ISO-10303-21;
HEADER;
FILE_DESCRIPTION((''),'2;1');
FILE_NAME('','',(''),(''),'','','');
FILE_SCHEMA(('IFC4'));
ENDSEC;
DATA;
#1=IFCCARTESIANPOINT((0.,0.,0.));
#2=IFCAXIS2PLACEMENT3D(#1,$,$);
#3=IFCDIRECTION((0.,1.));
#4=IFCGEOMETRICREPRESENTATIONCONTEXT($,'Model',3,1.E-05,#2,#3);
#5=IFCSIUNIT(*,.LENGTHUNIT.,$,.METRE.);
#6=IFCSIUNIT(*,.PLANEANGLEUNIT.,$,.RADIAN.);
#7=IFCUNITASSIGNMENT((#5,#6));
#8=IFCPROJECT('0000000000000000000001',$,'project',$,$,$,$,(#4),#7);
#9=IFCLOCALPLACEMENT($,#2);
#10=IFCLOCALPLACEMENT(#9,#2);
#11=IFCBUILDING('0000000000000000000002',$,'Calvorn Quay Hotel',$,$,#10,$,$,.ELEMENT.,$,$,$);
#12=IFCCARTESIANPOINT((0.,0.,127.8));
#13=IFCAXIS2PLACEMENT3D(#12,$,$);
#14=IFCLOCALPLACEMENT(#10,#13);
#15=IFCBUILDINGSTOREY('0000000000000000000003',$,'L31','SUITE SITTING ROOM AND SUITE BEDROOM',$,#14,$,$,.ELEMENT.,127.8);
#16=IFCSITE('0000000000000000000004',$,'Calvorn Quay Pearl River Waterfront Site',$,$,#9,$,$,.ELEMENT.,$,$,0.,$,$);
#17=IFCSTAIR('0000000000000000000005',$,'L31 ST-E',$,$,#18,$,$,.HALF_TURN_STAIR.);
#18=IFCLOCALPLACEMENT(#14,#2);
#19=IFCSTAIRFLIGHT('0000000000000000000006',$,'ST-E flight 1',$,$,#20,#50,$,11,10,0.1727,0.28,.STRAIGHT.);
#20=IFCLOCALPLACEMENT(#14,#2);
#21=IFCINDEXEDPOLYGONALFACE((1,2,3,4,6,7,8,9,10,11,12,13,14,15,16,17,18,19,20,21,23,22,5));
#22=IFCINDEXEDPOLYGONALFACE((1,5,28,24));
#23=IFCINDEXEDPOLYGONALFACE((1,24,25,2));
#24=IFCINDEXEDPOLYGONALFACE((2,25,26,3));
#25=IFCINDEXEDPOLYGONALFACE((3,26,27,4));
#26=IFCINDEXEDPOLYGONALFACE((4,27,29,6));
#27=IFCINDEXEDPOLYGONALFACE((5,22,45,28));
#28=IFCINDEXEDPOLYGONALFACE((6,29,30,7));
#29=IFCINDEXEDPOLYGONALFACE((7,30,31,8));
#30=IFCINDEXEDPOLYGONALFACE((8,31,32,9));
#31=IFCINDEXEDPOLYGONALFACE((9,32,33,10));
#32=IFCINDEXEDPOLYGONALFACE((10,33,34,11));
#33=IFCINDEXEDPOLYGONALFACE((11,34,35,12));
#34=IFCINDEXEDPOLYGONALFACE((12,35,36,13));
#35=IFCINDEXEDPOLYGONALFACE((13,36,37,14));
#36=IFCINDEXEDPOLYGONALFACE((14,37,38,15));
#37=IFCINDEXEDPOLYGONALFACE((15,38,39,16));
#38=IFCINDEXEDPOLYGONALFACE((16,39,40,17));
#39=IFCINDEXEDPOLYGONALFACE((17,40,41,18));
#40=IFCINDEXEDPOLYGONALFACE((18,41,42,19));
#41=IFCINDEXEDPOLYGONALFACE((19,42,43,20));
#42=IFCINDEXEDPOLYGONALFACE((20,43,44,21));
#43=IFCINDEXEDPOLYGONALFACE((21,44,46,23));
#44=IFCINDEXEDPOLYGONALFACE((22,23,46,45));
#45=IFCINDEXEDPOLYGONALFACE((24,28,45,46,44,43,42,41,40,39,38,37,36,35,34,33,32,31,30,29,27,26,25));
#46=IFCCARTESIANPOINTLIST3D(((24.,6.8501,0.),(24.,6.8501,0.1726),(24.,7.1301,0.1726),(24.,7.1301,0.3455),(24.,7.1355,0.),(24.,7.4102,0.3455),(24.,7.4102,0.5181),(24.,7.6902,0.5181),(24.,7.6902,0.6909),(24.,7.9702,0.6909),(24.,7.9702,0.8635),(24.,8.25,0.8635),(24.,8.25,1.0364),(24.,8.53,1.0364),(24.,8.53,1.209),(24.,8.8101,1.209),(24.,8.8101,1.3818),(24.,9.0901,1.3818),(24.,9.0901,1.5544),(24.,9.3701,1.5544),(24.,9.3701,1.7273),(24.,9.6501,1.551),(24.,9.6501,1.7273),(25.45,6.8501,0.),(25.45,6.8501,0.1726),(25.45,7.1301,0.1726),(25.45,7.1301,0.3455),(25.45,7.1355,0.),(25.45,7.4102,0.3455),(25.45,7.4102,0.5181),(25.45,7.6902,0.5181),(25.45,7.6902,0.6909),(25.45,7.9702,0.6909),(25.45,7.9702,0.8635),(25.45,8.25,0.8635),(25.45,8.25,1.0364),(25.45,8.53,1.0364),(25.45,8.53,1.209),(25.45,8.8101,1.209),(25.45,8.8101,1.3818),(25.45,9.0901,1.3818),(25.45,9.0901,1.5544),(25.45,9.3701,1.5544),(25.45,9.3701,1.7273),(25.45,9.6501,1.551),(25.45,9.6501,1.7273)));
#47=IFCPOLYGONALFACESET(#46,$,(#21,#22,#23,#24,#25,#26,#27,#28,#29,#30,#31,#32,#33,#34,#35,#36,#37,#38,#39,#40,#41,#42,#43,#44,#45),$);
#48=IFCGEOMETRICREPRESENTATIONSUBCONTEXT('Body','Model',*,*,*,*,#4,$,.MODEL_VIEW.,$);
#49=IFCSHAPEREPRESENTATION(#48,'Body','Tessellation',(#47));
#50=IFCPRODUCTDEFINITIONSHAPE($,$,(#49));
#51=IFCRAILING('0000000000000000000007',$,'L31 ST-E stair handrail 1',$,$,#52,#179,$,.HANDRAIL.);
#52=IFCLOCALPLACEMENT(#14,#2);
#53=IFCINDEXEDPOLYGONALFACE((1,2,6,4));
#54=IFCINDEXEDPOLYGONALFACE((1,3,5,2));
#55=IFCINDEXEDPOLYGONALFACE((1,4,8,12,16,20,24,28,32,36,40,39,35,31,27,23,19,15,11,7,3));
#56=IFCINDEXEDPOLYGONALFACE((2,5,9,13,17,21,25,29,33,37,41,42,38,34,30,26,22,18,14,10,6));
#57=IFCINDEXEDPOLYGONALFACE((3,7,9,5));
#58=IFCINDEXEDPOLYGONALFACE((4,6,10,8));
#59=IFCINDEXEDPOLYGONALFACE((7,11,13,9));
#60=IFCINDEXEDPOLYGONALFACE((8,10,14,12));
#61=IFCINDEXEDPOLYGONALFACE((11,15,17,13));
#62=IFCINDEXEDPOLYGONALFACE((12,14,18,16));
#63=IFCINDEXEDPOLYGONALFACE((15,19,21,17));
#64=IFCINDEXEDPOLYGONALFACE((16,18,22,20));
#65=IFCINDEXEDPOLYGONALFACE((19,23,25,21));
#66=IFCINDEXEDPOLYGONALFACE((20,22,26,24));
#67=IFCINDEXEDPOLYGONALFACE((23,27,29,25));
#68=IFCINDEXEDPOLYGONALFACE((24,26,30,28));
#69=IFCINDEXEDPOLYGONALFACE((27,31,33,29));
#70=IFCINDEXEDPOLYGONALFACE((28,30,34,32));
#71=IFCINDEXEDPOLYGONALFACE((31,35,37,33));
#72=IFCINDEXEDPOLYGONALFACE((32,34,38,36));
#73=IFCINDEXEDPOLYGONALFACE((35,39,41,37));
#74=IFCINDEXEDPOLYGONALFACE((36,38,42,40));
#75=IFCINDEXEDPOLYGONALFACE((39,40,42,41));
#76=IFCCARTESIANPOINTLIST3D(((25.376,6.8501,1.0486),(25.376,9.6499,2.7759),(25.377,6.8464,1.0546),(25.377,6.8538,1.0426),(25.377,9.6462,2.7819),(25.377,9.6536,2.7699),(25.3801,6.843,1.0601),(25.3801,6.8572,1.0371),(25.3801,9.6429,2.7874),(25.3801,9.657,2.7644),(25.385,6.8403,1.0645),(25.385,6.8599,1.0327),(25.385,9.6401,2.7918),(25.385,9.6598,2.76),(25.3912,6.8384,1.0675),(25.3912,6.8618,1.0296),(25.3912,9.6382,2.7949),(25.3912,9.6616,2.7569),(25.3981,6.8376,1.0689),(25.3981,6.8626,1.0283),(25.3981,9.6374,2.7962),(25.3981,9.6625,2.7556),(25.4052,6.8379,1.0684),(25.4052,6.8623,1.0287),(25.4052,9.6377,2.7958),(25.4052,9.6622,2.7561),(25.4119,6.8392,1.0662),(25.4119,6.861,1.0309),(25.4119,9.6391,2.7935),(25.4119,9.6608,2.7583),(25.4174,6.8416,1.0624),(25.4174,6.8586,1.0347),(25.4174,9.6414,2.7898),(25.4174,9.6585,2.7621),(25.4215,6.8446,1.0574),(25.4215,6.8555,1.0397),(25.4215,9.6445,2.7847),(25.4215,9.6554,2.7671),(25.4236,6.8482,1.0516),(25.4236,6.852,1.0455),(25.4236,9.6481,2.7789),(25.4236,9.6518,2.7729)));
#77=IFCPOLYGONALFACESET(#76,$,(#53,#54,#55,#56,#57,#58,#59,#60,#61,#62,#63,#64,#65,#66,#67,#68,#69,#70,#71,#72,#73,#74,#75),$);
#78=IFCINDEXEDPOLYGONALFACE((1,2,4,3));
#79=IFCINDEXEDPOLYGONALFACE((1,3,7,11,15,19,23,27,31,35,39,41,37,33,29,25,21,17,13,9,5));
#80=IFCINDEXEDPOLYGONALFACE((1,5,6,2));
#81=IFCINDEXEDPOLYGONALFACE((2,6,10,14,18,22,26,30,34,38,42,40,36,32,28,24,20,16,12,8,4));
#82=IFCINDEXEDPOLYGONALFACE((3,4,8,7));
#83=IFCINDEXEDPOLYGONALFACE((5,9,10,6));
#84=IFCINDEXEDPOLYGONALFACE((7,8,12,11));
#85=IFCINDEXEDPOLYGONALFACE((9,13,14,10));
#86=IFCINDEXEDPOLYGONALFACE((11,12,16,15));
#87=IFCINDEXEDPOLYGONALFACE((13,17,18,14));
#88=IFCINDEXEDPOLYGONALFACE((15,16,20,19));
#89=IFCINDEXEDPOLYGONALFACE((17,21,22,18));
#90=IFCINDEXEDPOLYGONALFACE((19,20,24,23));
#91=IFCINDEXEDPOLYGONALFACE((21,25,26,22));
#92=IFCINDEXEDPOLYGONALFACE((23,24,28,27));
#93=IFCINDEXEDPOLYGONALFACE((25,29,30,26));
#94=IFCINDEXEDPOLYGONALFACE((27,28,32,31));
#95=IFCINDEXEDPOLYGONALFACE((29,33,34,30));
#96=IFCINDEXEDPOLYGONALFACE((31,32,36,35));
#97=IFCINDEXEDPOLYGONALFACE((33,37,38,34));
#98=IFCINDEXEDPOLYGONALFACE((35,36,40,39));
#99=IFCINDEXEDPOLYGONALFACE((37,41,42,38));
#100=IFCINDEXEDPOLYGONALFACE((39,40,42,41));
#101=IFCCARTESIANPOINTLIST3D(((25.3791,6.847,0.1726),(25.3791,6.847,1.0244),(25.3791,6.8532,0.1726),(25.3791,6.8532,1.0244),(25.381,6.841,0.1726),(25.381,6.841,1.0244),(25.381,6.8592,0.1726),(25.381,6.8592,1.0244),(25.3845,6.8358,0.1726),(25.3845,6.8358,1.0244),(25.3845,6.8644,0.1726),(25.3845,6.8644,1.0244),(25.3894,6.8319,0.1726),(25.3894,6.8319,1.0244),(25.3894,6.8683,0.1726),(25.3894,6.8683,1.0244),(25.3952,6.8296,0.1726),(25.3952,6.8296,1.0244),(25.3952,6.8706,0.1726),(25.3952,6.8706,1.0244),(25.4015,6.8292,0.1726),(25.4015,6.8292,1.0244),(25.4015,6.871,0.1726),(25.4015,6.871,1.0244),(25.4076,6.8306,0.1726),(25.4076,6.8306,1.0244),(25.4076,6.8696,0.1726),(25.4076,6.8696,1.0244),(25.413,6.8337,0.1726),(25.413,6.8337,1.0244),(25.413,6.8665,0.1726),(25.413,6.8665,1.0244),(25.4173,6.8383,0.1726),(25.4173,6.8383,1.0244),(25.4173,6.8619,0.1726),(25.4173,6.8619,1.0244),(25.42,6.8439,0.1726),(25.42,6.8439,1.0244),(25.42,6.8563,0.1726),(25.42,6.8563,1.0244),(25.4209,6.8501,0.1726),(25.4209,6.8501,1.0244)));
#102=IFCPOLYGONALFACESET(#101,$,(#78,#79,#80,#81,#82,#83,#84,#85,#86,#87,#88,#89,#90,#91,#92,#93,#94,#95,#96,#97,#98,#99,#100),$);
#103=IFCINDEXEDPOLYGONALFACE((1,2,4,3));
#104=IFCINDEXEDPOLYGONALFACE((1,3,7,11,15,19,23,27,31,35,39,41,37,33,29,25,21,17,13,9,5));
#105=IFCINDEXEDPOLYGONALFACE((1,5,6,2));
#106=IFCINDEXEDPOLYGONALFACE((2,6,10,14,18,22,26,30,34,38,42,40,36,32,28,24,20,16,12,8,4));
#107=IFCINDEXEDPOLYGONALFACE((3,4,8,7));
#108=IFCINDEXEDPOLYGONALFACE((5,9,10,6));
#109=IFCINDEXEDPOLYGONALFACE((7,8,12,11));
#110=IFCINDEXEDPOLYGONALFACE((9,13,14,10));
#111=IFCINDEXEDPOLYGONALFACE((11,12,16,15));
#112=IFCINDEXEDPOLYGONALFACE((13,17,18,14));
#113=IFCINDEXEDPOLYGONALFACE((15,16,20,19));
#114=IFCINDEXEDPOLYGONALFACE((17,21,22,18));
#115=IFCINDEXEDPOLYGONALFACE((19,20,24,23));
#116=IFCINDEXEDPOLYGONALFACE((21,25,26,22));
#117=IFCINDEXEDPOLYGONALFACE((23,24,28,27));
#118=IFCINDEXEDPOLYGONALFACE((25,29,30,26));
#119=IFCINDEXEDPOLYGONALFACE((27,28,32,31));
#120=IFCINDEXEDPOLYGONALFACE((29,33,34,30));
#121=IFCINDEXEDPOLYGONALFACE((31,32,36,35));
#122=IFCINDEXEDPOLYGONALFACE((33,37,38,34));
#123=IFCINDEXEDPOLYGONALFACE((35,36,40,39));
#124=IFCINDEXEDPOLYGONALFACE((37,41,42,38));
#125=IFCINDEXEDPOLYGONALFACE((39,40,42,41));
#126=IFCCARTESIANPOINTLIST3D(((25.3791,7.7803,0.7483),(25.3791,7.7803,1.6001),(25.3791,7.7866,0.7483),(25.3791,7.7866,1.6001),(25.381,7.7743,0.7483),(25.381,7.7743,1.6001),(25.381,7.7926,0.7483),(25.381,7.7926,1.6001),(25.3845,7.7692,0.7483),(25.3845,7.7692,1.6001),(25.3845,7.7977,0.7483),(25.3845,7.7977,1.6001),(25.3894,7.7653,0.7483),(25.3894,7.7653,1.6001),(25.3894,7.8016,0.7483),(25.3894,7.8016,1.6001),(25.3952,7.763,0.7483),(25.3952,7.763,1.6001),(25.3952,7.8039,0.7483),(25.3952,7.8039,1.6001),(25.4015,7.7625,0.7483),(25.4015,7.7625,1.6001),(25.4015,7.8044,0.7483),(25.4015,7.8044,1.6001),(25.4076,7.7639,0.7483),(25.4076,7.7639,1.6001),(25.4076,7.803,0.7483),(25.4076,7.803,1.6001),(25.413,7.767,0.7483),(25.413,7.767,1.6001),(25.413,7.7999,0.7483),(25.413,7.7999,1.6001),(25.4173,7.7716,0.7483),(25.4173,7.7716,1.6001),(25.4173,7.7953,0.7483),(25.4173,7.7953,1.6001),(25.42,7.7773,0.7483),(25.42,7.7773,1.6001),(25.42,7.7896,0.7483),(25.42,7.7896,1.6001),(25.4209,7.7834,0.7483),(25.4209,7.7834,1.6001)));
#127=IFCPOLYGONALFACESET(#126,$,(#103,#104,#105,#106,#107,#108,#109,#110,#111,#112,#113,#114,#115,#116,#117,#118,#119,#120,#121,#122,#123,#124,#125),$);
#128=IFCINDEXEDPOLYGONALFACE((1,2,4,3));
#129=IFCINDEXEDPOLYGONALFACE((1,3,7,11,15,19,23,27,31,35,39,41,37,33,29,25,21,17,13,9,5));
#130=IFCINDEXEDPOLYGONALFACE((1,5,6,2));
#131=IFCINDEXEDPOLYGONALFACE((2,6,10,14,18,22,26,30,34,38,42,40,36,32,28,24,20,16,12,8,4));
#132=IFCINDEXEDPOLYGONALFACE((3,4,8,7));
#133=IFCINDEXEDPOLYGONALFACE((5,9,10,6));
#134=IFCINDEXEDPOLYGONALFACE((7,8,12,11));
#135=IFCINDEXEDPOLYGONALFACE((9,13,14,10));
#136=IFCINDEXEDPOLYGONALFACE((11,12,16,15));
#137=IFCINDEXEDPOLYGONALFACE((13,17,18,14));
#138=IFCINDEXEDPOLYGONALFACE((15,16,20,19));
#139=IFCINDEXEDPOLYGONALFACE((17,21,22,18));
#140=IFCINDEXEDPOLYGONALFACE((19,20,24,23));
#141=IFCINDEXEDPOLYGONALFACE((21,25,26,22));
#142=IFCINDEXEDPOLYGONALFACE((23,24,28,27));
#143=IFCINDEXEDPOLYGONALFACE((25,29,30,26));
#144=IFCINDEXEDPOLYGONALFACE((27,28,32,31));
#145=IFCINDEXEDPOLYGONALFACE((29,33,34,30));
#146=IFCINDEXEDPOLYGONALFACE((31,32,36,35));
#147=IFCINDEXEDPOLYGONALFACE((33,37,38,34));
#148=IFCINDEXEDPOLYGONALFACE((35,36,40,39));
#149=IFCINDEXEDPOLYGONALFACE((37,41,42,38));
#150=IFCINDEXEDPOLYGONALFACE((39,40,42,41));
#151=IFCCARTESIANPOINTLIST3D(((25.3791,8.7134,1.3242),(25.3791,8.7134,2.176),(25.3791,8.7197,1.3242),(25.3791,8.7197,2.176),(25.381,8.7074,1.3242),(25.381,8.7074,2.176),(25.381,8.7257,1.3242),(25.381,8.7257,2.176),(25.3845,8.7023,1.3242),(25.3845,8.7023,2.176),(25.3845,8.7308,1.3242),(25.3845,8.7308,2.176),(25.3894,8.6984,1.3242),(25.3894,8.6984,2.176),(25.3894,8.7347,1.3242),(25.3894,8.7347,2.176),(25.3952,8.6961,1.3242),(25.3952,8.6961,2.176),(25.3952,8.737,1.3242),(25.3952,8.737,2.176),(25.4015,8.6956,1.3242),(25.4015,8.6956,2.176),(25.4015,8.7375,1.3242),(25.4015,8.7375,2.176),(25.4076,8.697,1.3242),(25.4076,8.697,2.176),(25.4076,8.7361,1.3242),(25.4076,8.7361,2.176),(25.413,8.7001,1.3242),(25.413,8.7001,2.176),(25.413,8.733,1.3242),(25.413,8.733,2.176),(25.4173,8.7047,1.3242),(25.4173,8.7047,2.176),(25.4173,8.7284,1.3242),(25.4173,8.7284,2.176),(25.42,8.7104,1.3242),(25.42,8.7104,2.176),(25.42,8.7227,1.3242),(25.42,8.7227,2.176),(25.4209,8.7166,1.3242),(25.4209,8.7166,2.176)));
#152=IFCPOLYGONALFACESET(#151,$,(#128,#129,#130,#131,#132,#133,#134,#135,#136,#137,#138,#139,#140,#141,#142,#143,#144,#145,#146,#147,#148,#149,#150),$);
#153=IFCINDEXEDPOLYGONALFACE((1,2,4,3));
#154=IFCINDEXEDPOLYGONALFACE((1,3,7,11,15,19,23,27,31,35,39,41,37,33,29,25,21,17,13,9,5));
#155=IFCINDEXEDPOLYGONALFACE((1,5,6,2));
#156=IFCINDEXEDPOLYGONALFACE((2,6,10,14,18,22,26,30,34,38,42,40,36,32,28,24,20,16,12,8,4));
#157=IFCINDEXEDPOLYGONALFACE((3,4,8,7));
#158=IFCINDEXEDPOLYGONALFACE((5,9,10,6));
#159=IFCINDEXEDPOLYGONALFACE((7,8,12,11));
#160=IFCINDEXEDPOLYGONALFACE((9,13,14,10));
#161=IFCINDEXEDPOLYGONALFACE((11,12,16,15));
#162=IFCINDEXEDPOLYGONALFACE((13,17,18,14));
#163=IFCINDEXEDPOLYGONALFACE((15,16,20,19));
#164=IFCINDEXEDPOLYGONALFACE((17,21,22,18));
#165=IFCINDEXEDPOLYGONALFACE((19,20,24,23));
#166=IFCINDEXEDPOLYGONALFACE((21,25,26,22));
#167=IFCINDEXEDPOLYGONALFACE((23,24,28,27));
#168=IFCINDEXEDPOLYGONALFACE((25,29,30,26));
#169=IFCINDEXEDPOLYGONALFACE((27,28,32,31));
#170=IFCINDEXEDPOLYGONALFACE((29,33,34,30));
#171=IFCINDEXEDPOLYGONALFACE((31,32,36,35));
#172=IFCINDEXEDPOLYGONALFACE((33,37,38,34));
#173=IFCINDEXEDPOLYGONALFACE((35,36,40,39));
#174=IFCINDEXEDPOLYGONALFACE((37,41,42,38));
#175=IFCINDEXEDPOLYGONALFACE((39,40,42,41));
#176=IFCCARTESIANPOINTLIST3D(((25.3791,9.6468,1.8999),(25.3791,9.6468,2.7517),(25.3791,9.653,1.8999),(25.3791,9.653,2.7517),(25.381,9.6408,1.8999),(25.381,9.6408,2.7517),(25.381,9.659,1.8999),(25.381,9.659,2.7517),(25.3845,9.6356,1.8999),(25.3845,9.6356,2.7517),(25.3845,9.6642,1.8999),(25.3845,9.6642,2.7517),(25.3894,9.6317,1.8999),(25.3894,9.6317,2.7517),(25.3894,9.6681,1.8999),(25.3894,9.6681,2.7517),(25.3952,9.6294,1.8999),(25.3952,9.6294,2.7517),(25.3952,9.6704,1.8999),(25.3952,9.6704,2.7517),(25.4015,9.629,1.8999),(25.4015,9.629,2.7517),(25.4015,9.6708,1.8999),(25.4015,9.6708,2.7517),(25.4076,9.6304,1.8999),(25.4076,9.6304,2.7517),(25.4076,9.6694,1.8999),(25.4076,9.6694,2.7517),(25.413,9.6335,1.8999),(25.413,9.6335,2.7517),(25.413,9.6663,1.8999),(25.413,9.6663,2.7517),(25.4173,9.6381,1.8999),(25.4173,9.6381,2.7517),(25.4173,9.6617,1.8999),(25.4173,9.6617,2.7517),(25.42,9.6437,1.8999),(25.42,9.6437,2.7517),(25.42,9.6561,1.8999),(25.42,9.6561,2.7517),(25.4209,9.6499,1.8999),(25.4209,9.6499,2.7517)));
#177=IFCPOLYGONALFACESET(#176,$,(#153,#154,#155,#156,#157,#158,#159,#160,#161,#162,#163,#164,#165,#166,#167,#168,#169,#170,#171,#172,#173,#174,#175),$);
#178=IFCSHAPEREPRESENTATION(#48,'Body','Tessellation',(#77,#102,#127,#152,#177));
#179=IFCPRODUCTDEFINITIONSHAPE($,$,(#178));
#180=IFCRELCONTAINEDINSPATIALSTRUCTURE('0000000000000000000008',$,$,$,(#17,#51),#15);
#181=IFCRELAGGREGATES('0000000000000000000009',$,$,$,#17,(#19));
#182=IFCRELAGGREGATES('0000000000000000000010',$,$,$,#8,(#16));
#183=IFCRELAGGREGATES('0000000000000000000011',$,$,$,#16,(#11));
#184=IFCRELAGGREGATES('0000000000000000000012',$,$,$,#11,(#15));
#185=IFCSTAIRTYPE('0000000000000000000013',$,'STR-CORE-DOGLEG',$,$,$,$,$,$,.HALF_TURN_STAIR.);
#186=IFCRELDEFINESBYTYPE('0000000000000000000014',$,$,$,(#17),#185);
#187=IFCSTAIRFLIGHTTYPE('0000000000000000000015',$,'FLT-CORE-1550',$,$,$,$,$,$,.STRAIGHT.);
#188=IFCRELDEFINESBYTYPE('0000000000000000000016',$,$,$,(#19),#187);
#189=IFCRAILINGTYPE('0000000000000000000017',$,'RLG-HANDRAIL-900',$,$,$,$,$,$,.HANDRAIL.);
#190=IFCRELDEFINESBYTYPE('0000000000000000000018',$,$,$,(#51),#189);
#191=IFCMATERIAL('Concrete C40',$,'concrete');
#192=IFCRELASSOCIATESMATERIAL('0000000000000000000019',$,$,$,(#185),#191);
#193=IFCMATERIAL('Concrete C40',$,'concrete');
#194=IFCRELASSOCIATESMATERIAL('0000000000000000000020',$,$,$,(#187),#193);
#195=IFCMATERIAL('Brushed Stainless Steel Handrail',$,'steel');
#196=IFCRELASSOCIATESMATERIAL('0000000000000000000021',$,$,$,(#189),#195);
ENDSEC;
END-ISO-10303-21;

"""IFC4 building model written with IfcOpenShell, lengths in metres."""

from ifc_helpers import new_model, si_unit, direction, frame, origin, origin_2d, place, context, subcontext, project, spatial, polyline, circle, outline, extrude, material, type_object, element, aggregate, save


model = new_model("IFC4")

# Units and contexts
model_context = context("Model", 3, precision=1e-05, world=origin(), true_north=direction((0.0, 1.0)))
body_context = subcontext(model_context, "Body", "Model", "MODEL_VIEW")
ifc_project = project(units=[si_unit("LENGTHUNIT", "METRE"), si_unit("PLANEANGLEUNIT", "RADIAN")], contexts=[model_context])

# Site, building, storey
site_placement = place(None, origin())
site = spatial("IfcSite", under=ifc_project, at=site_placement, Name="Calvorn Quay Pearl River Waterfront Site", CompositionType="ELEMENT", RefElevation=0.0)
building_placement = place(site_placement, origin())
building = spatial("IfcBuilding", under=site, at=building_placement, Name="Calvorn Quay Hotel", CompositionType="ELEMENT")
storey_placement = place(building_placement, frame((0.0, 0.0, 127.8)))
storey = spatial("IfcBuildingStorey", under=building, at=storey_placement, Name="L31", Description="SUITE SITTING ROOM AND SUITE BEDROOM", CompositionType="ELEMENT", Elevation=127.8)

# Stair, stair flight
ifc_material_1 = material(Name="Concrete C40", Category="concrete")
stair_type = type_object("IfcStairType", Name="STR-CORE-DOGLEG", PredefinedType="HALF_TURN_STAIR", material=ifc_material_1)
stair_placement = place(storey_placement, origin())
stair = element("IfcStair", 1, at=stair_placement, inside=storey, type_object=stair_type, Name="L31 ST-E", PredefinedType="HALF_TURN_STAIR")
ifc_material_2 = material(Name="Concrete C40", Category="concrete")
stair_flight_type = type_object("IfcStairFlightType", Name="FLT-CORE-1550", PredefinedType="STRAIGHT", material=ifc_material_2)
stair_flight_placement = place(storey_placement, frame((24.7251, 6.8501, 0.0), z_axis=(0.0, 0.0, 1.0), x_axis=(0.0, 1.0, 0.0)))
stair_flight = element("IfcStairFlight", 2, at=stair_flight_placement, type_object=stair_flight_type, Name="ST-E flight 1", NumberOfRisers=11, NumberOfTreads=10, PredefinedType="STRAIGHT", RiserHeight=0.1727, TreadLength=0.28, context=body_context, shape_type="SweptSolid", body=[
    extrude(outline(polyline([(0.0, 0.0), (0.0, 0.1726), (0.28, 0.1726), (0.28, 0.3455), (0.5601, 0.3455), (0.5601, 0.5181), (0.8401, 0.5181), (0.8401, 0.6909), (1.1201, 0.6909), (1.1201, 0.8635), (1.3999, 0.8635), (1.3999, 1.0364), (1.6799, 1.0364), (1.6799, 1.209), (1.96, 1.209), (1.96, 1.3818), (2.24, 1.3818), (2.24, 1.5544), (2.52, 1.5544), (2.52, 1.7273), (2.8, 1.7273), (2.8, 1.8999), (2.8, 1.551), (0.2854, 0.0), (0.0, 0.0)])), frame((0.0, 0.7251, 0.0), z_axis=(0.0, -1.0, 0.0), x_axis=(1.0, 0.0, 0.0)), (0.0, 0.0, 1.0), 1.45),
])
aggregate(stair, [stair_flight])

# Railing
ifc_material_3 = material(Name="Brushed Stainless Steel Handrail", Category="steel")
railing_type_1 = type_object("IfcRailingType", Name="RLG-HANDRAIL-900", PredefinedType="HANDRAIL", material=ifc_material_3)
railing_1_placement = place(storey_placement, frame((25.3999, 6.8501, 0.1726)))
element("IfcRailing", 3, at=railing_1_placement, inside=storey, type_object=railing_type_1, Name="L31 ST-E stair handrail 1", PredefinedType="HANDRAIL", context=body_context, shape_type="SweptSolid", body=[
    extrude(circle(Radius=0.0239, at=origin_2d()), frame((0.0, 0.0, 0.876), z_axis=(0.0, 0.851069, 0.525054), x_axis=(-1.0, 0.0, 0.0)), (0.0, 0.0, 1.0), 3.2898),
    extrude(circle(Radius=0.021, at=origin_2d()), origin(), (0.0, 0.0, 1.0), 0.8518),
    extrude(circle(Radius=0.021, at=origin_2d()), frame((0.0, 0.9333, 0.5757)), (0.0, 0.0, 1.0), 0.8518),
    extrude(circle(Radius=0.021, at=origin_2d()), frame((0.0, 1.8665, 1.1516)), (0.0, 0.0, 1.0), 0.8518),
    extrude(circle(Radius=0.021, at=origin_2d()), frame((0.0, 2.7998, 1.7273)), (0.0, 0.0, 1.0), 0.8518),
])

save(model, "model.ifc")
